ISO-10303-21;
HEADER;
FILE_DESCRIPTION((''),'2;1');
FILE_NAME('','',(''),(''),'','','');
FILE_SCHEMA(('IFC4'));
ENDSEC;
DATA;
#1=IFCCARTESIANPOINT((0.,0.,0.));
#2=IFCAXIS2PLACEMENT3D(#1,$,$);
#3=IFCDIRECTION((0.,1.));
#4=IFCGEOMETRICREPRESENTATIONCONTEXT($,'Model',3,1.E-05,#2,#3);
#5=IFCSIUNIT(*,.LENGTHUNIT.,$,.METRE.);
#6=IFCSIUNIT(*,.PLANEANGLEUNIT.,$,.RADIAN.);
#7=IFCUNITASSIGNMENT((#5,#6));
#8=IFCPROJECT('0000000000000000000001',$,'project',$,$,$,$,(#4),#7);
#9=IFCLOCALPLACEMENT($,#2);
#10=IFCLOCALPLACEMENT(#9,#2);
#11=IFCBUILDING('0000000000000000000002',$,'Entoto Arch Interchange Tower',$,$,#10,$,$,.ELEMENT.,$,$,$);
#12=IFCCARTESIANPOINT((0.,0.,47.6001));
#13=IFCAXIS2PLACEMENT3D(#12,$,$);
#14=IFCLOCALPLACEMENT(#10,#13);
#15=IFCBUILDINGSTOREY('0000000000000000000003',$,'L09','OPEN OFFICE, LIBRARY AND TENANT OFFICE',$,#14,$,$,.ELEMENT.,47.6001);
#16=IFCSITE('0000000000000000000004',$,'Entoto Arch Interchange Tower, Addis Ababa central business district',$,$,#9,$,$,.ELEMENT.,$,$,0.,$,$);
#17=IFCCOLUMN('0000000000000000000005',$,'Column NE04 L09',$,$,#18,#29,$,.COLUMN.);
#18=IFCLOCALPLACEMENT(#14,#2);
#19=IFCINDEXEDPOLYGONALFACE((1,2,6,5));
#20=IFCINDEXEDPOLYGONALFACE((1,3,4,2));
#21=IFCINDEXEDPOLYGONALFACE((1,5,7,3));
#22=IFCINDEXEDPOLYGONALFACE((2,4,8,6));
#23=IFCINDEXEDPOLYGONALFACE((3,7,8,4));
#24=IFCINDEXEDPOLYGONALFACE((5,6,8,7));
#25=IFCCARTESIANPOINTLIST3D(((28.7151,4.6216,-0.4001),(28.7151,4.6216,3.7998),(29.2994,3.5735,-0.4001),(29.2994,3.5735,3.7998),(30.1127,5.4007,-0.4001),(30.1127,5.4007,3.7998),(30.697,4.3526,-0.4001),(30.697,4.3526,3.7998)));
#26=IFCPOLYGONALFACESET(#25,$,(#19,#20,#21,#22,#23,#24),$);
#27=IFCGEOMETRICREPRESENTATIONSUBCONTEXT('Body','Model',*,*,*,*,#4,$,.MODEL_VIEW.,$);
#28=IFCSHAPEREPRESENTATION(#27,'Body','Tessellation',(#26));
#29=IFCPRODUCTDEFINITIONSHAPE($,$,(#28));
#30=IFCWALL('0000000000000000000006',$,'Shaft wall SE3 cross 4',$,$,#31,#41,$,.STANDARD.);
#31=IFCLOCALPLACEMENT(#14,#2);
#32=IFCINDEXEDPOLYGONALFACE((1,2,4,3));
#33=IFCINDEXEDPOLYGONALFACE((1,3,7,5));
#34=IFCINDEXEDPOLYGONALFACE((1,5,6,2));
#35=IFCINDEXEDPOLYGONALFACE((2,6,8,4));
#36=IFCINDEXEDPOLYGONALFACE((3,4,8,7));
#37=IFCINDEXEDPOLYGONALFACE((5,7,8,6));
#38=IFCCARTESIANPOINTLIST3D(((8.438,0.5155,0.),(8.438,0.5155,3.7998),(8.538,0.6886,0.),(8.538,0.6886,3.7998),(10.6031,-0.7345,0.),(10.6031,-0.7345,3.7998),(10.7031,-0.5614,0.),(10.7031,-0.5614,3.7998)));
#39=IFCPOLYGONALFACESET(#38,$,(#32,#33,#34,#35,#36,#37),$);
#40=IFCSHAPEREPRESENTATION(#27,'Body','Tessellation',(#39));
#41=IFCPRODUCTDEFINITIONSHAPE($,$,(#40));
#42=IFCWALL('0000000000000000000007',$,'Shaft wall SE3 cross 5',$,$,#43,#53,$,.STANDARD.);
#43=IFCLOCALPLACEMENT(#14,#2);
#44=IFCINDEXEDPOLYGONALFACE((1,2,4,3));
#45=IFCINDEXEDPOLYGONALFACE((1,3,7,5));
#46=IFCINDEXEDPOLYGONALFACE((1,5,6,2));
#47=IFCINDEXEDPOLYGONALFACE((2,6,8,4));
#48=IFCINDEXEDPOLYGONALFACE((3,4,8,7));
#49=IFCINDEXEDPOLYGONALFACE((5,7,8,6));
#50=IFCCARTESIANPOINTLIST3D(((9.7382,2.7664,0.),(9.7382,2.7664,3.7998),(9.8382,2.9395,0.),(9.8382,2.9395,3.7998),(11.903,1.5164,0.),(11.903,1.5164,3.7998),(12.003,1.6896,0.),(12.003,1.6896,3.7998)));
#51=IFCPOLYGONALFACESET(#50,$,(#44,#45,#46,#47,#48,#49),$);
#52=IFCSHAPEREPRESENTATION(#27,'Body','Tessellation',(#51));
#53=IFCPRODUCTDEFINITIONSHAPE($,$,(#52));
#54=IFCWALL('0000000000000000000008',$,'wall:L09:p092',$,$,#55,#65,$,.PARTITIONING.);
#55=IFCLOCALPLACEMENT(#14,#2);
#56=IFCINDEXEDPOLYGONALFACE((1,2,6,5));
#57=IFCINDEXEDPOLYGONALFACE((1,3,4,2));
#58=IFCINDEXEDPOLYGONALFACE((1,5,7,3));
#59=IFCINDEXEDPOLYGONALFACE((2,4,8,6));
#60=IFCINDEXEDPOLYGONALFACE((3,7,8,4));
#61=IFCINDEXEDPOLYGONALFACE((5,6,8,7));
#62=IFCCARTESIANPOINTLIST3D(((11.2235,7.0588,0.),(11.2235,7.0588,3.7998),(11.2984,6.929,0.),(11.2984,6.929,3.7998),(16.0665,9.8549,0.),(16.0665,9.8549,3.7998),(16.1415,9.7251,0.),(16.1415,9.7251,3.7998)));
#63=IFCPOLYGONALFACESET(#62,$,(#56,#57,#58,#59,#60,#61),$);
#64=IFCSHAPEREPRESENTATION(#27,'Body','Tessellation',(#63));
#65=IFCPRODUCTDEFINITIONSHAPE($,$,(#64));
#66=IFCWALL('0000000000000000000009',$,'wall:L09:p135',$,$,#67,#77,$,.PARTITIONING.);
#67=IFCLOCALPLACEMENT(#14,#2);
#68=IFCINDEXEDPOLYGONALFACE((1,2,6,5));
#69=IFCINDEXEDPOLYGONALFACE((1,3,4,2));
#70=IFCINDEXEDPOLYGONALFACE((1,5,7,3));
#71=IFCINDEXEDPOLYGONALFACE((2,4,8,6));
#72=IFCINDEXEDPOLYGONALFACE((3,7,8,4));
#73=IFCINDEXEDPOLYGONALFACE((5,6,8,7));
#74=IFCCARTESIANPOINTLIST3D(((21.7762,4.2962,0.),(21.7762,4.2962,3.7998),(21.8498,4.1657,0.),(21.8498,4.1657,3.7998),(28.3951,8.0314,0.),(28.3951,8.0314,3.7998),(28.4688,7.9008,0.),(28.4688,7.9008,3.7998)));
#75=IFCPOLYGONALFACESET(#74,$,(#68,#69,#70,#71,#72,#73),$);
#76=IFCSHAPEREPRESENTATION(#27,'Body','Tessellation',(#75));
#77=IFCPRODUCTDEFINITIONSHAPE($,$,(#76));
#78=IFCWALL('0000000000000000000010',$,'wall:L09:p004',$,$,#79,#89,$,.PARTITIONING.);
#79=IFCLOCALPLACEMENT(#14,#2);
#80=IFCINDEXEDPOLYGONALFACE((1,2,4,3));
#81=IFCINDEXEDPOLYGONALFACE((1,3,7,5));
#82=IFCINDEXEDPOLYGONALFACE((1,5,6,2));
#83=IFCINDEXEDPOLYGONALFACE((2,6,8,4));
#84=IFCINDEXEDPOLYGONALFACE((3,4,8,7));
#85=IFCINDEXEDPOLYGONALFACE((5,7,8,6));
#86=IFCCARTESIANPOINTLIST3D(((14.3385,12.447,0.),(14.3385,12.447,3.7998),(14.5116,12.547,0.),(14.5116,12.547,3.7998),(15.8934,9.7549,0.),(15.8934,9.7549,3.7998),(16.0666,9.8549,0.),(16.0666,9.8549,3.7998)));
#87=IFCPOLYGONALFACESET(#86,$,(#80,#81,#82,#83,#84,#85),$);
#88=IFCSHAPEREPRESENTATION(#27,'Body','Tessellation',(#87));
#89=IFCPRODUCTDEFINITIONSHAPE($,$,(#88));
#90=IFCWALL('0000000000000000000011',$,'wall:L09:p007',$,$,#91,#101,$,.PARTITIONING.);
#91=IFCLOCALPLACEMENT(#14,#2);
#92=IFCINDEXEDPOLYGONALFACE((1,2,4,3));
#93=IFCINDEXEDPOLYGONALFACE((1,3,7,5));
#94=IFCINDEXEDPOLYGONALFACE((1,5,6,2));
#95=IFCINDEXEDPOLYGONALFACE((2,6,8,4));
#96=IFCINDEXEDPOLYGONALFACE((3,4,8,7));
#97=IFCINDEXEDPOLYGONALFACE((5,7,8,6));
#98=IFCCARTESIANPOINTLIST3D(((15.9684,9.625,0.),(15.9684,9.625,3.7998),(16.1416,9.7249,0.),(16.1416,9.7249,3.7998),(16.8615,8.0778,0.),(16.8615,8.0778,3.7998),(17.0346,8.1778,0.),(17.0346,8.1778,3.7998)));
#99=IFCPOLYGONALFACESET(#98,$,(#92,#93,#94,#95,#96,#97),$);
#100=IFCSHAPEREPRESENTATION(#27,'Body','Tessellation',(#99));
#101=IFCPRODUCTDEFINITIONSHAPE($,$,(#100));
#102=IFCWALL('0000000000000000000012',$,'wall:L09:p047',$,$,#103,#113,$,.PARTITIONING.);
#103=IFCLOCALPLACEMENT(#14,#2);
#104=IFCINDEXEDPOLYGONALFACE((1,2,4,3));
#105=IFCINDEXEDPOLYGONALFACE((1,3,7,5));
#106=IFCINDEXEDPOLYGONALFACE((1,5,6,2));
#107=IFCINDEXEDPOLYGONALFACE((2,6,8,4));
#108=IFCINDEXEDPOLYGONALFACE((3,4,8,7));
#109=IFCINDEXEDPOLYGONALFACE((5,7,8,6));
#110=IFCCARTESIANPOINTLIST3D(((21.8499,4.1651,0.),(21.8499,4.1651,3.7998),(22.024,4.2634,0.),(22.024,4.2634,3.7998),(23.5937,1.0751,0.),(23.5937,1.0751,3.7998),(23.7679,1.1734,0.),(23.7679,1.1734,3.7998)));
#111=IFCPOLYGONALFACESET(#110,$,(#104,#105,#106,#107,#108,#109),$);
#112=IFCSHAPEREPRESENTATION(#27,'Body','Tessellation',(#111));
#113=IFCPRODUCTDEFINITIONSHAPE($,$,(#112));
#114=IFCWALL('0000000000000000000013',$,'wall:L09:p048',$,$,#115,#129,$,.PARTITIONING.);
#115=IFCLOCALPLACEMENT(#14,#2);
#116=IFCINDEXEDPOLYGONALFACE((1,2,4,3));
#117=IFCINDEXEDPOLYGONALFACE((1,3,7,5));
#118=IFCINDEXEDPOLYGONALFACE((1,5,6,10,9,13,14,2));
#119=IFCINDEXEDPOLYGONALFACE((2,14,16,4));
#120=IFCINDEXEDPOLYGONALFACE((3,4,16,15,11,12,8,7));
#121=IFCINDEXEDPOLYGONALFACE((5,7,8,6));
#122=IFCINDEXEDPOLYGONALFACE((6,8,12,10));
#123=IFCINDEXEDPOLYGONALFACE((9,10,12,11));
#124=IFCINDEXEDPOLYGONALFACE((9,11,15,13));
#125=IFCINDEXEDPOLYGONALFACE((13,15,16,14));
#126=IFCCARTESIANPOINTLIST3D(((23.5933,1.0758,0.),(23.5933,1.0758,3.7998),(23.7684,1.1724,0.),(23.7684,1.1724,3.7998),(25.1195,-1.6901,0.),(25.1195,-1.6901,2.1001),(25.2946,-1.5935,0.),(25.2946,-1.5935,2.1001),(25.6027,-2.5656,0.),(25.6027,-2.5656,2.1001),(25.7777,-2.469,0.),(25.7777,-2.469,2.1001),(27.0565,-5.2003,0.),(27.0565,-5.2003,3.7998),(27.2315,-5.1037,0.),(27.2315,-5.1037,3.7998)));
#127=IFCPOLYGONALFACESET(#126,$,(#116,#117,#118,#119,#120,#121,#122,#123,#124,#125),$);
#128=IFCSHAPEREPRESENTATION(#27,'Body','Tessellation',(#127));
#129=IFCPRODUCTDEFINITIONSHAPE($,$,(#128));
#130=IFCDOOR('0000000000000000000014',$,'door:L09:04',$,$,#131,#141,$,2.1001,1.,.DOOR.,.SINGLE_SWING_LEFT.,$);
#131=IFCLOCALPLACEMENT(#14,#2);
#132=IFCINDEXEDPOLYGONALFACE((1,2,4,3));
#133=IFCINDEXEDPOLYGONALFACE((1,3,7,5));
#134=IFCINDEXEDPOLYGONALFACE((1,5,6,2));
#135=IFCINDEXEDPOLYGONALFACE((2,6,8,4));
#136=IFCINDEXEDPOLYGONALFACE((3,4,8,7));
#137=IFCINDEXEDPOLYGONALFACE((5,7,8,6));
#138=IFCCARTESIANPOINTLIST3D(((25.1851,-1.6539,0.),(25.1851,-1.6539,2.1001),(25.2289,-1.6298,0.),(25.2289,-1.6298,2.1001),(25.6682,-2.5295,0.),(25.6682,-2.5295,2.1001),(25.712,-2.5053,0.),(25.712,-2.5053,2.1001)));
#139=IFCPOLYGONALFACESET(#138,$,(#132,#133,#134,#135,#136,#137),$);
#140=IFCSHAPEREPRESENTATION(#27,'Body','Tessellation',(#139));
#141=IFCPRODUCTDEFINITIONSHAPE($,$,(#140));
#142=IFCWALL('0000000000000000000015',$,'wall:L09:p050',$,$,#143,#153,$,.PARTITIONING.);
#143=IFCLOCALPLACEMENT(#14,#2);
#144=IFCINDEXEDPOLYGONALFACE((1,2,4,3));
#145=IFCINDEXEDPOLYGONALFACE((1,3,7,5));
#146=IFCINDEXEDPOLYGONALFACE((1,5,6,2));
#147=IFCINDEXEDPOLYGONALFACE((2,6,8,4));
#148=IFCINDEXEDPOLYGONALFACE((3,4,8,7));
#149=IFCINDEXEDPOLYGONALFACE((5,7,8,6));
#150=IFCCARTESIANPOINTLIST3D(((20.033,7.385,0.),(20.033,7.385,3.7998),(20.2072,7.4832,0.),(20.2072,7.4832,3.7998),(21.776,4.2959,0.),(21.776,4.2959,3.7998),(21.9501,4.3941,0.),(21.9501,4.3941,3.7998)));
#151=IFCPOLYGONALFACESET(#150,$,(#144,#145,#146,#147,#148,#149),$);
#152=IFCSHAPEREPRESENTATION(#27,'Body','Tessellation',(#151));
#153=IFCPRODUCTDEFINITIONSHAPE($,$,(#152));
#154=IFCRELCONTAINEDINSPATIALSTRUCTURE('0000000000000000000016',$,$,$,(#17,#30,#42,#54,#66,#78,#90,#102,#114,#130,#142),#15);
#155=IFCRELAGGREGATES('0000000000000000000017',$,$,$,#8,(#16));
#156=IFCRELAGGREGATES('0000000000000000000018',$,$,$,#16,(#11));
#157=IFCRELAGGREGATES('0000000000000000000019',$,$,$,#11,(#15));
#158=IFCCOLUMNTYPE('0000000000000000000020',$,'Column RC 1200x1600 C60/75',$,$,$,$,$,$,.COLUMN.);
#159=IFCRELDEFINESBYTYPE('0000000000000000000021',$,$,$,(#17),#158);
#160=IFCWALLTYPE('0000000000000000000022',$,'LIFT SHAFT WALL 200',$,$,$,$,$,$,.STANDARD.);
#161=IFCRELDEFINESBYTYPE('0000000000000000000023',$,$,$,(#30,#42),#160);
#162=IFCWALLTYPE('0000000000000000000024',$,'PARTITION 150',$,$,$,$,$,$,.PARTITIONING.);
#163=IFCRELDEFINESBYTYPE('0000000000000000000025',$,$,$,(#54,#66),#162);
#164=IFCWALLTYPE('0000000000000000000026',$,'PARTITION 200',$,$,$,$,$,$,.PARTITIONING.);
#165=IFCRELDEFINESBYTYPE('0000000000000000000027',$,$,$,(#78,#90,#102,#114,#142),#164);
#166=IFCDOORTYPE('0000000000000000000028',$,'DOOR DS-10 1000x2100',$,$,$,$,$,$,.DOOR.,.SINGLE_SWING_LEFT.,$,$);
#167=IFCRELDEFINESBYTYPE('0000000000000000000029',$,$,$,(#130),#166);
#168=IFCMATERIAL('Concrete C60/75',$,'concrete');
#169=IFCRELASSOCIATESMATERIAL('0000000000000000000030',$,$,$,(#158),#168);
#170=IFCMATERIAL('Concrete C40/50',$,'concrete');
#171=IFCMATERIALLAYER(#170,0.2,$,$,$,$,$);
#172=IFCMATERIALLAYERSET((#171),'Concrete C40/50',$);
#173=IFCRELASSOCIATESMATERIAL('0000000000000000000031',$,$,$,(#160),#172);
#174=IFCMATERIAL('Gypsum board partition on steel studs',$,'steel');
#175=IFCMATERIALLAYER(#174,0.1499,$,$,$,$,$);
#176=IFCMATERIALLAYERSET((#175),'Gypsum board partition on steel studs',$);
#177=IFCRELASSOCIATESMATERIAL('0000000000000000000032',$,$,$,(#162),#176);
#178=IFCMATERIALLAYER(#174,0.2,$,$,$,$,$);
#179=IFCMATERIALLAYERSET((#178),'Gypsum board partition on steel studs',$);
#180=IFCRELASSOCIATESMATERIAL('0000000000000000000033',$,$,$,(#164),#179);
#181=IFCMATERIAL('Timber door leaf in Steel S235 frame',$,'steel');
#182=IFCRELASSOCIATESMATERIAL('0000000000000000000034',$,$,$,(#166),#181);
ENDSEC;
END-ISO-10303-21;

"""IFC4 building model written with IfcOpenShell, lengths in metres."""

from ifc_helpers import new_model, si_unit, direction, frame, frame_2d, origin, origin_2d, place, context, subcontext, project, spatial, rectangle, extrude, material, layer, layer_set, material_profile, profile_set, type_object, element, fill, save


model = new_model("IFC4")

# Units and contexts
model_context = context("Model", 3, precision=1e-05, world=origin(), true_north=direction((0.0, 1.0)))
body_context = subcontext(model_context, "Body", "Model", "MODEL_VIEW")
ifc_project = project(units=[si_unit("LENGTHUNIT", "METRE"), si_unit("PLANEANGLEUNIT", "RADIAN")], contexts=[model_context])

# Site, building, storey
site_placement = place(None, origin())
site = spatial("IfcSite", under=ifc_project, at=site_placement, Name="Entoto Arch Interchange Tower, Addis Ababa central business district", CompositionType="ELEMENT", RefElevation=0.0)
building_placement = place(site_placement, origin())
building = spatial("IfcBuilding", under=site, at=building_placement, Name="Entoto Arch Interchange Tower", CompositionType="ELEMENT")
storey_placement = place(building_placement, frame((0.0, 0.0, 47.6001)))
storey = spatial("IfcBuildingStorey", under=building, at=storey_placement, Name="L09", Description="OPEN OFFICE, LIBRARY AND TENANT OFFICE", CompositionType="ELEMENT", Elevation=47.6001)

# Column
ifc_material_1 = material(Name="Concrete C60/75", Category="concrete")
ifc_material_profile = material_profile(ifc_material_1, rectangle(XDim=1.2, YDim=1.6001, at=origin_2d()))
ifc_profile_set = profile_set([ifc_material_profile], Name="Concrete C60/75")
column_type = type_object("IfcColumnType", Name="Column RC 1200x1600 C60/75", PredefinedType="COLUMN", material=ifc_profile_set)
column_placement = place(storey_placement, frame((29.7061, 4.4871, -0.4001), z_axis=(0.0, 0.0, 1.0), x_axis=(-0.486915, 0.873449, 0.0)))
element("IfcColumn", 1, at=column_placement, inside=storey, type_object=column_type, Name="Column NE04 L09", PredefinedType="COLUMN", context=body_context, shape_type="SweptSolid", body=[
    extrude(rectangle(XDim=1.2, YDim=1.6001, at=origin_2d()), origin(), (0.0, 0.0, 1.0), 4.2),
])

# Walls
ifc_material_2 = material(Name="Concrete C40/50", Category="concrete")
ifc_layer_1 = layer(ifc_material_2, 0.2)
ifc_layer_set_1 = layer_set([ifc_layer_1], Name="Concrete C40/50")
wall_type_1 = type_object("IfcWallType", Name="LIFT SHAFT WALL 200", PredefinedType="STANDARD", material=ifc_layer_set_1)
wall_1_placement = place(storey_placement, frame((8.488, 0.6021, 0.0), z_axis=(0.0, 0.0, 1.0), x_axis=(0.866023, -0.500004, 0.0)))
element("IfcWall", 2, at=wall_1_placement, inside=storey, type_object=wall_type_1, Name="Shaft wall SE3 cross 4", PredefinedType="STANDARD", context=body_context, shape_type="SweptSolid", body=[
    extrude(rectangle(XDim=2.5, YDim=0.2, at=frame_2d((1.25, 0.0))), origin(), (0.0, 0.0, 1.0), 3.7998),
])
wall_2_placement = place(storey_placement, frame((9.7881, 2.853, 0.0), z_axis=(0.0, 0.0, 1.0), x_axis=(0.865999, -0.500047, 0.0)))
element("IfcWall", 3, at=wall_2_placement, inside=storey, type_object=wall_type_1, Name="Shaft wall SE3 cross 5", PredefinedType="STANDARD", context=body_context, shape_type="SweptSolid", body=[
    extrude(rectangle(XDim=2.4998, YDim=0.2, at=frame_2d((1.25, 0.0))), origin(), (0.0, 0.0, 1.0), 3.7998),
])
ifc_material_3 = material(Name="Gypsum board partition on steel studs", Category="steel")
ifc_layer_2 = layer(ifc_material_3, 0.1499)
ifc_layer_set_2 = layer_set([ifc_layer_2], Name="Gypsum board partition on steel studs")
wall_type_2 = type_object("IfcWallType", Name="PARTITION 150", PredefinedType="PARTITIONING", material=ifc_layer_set_2)
wall_3_placement = place(storey_placement, frame((16.104, 9.79, 0.0), z_axis=(0.0, 0.0, 1.0), x_axis=(-0.866023, -0.500003, 0.0)))
element("IfcWall", 4, at=wall_3_placement, inside=storey, type_object=wall_type_2, Name="wall:L09:p092", PredefinedType="PARTITIONING", context=body_context, shape_type="SweptSolid", body=[
    extrude(rectangle(XDim=5.5923, YDim=0.1499, at=frame_2d((2.7961, 0.0))), origin(), (0.0, 0.0, 1.0), 3.7998),
])
wall_4_placement = place(storey_placement, frame((21.813, 4.231, 0.0), z_axis=(0.0, 0.0, 1.0), x_axis=(0.870901, 0.491458, 0.0)))
element("IfcWall", 5, at=wall_4_placement, inside=storey, type_object=wall_type_2, Name="wall:L09:p135", PredefinedType="PARTITIONING", context=body_context, shape_type="SweptSolid", body=[
    extrude(rectangle(XDim=7.6001, YDim=0.1499, at=frame_2d((3.8, 0.0))), origin(), (0.0, 0.0, 1.0), 3.7998),
])
ifc_layer_3 = layer(ifc_material_3, 0.2)
ifc_layer_set_3 = layer_set([ifc_layer_3], Name="Gypsum board partition on steel studs")
wall_type_3 = type_object("IfcWallType", Name="PARTITION 200", PredefinedType="PARTITIONING", material=ifc_layer_set_3)
wall_5_placement = place(storey_placement, frame((15.98, 9.8049, 0.0), z_axis=(0.0, 0.0, 1.0), x_axis=(-0.500151, 0.865938, 0.0)))
element("IfcWall", 6, at=wall_5_placement, inside=storey, type_object=wall_type_3, Name="wall:L09:p004", PredefinedType="PARTITIONING", context=body_context, shape_type="SweptSolid", body=[
    extrude(rectangle(XDim=3.1089, YDim=0.2, at=frame_2d((1.5544, 0.0))), origin(), (0.0, 0.0, 1.0), 3.7998),
])
wall_6_placement = place(storey_placement, frame((16.948, 8.1279, 0.0), z_axis=(0.0, 0.0, 1.0), x_axis=(-0.499931, 0.866065, 0.0)))
element("IfcWall", 7, at=wall_6_placement, inside=storey, type_object=wall_type_3, Name="wall:L09:p007", PredefinedType="PARTITIONING", context=body_context, shape_type="SweptSolid", body=[
    extrude(rectangle(XDim=1.7864, YDim=0.2, at=frame_2d((0.8931, 0.0))), origin(), (0.0, 0.0, 1.0), 3.7998),
])
wall_7_placement = place(storey_placement, frame((21.937, 4.2141, 0.0), z_axis=(0.0, 0.0, 1.0), x_axis=(0.491486, -0.870886, 0.0)))
element("IfcWall", 8, at=wall_7_placement, inside=storey, type_object=wall_type_3, Name="wall:L09:p047", PredefinedType="PARTITIONING", context=body_context, shape_type="SweptSolid", body=[
    extrude(rectangle(XDim=3.5481, YDim=0.2, at=frame_2d((1.7739, 0.0))), origin(), (0.0, 0.0, 1.0), 3.7998),
])

# Wall, opening, door
wall_8_placement = place(storey_placement, frame((23.6809, 1.124, 0.0), z_axis=(0.0, 0.0, 1.0), x_axis=(0.483125, -0.875551, 0.0)))
wall_8 = element("IfcWall", 9, at=wall_8_placement, inside=storey, type_object=wall_type_3, Name="wall:L09:p048", PredefinedType="PARTITIONING", context=body_context, shape_type="SweptSolid", body=[
    extrude(rectangle(XDim=7.1682, YDim=0.2, at=frame_2d((3.584, 0.0))), origin(), (0.0, 0.0, 1.0), 3.7998),
])
opening_1_placement = place(wall_8_placement, frame((3.1589, 0.0, 0.0)))
opening_1 = element("IfcOpeningElement", 10, at=opening_1_placement, cuts=wall_8, PredefinedType="OPENING", context=body_context, shape_type="SweptSolid", body=[
    extrude(rectangle(XDim=1.0, YDim=2.1001, at=frame_2d((0.5, 1.05))), frame((0.0, 0.1099, 0.0), z_axis=(0.0, -1.0, 0.0), x_axis=(1.0, 0.0, 0.0)), (0.0, 0.0, 1.0), 0.22),
])
ifc_material_4 = material(Name="Timber door leaf in Steel S235 frame", Category="steel")
door_type = type_object("IfcDoorType", Name="DOOR DS-10 1000x2100", OperationType="SINGLE_SWING_LEFT", PredefinedType="DOOR", material=ifc_material_4)
door_1_placement = place(opening_1_placement, origin())
door_1 = element("IfcDoor", 11, at=door_1_placement, inside=storey, type_object=door_type, Name="door:L09:04", OperationType="SINGLE_SWING_LEFT", OverallHeight=2.1001, OverallWidth=1.0, PredefinedType="DOOR", context=body_context, shape_type="SweptSolid", body=[
    extrude(rectangle(XDim=1.0, YDim=2.1001, at=frame_2d((0.5, 1.05))), frame((0.0, 0.0249, 0.0), z_axis=(0.0, -1.0, 0.0), x_axis=(1.0, 0.0, 0.0)), (0.0, 0.0, 1.0), 0.05),
])
fill(opening_1, door_1)

# Wall
wall_9_placement = place(storey_placement, frame((20.1201, 7.4341, 0.0), z_axis=(0.0, 0.0, 1.0), x_axis=(0.491395, -0.870937, 0.0)))
element("IfcWall", 12, at=wall_9_placement, inside=storey, type_object=wall_type_3, Name="wall:L09:p050", PredefinedType="PARTITIONING", context=body_context, shape_type="SweptSolid", body=[
    extrude(rectangle(XDim=3.5469, YDim=0.2, at=frame_2d((1.7734, 0.0))), origin(), (0.0, 0.0, 1.0), 3.7998),
])

save(model, "model.ifc")
